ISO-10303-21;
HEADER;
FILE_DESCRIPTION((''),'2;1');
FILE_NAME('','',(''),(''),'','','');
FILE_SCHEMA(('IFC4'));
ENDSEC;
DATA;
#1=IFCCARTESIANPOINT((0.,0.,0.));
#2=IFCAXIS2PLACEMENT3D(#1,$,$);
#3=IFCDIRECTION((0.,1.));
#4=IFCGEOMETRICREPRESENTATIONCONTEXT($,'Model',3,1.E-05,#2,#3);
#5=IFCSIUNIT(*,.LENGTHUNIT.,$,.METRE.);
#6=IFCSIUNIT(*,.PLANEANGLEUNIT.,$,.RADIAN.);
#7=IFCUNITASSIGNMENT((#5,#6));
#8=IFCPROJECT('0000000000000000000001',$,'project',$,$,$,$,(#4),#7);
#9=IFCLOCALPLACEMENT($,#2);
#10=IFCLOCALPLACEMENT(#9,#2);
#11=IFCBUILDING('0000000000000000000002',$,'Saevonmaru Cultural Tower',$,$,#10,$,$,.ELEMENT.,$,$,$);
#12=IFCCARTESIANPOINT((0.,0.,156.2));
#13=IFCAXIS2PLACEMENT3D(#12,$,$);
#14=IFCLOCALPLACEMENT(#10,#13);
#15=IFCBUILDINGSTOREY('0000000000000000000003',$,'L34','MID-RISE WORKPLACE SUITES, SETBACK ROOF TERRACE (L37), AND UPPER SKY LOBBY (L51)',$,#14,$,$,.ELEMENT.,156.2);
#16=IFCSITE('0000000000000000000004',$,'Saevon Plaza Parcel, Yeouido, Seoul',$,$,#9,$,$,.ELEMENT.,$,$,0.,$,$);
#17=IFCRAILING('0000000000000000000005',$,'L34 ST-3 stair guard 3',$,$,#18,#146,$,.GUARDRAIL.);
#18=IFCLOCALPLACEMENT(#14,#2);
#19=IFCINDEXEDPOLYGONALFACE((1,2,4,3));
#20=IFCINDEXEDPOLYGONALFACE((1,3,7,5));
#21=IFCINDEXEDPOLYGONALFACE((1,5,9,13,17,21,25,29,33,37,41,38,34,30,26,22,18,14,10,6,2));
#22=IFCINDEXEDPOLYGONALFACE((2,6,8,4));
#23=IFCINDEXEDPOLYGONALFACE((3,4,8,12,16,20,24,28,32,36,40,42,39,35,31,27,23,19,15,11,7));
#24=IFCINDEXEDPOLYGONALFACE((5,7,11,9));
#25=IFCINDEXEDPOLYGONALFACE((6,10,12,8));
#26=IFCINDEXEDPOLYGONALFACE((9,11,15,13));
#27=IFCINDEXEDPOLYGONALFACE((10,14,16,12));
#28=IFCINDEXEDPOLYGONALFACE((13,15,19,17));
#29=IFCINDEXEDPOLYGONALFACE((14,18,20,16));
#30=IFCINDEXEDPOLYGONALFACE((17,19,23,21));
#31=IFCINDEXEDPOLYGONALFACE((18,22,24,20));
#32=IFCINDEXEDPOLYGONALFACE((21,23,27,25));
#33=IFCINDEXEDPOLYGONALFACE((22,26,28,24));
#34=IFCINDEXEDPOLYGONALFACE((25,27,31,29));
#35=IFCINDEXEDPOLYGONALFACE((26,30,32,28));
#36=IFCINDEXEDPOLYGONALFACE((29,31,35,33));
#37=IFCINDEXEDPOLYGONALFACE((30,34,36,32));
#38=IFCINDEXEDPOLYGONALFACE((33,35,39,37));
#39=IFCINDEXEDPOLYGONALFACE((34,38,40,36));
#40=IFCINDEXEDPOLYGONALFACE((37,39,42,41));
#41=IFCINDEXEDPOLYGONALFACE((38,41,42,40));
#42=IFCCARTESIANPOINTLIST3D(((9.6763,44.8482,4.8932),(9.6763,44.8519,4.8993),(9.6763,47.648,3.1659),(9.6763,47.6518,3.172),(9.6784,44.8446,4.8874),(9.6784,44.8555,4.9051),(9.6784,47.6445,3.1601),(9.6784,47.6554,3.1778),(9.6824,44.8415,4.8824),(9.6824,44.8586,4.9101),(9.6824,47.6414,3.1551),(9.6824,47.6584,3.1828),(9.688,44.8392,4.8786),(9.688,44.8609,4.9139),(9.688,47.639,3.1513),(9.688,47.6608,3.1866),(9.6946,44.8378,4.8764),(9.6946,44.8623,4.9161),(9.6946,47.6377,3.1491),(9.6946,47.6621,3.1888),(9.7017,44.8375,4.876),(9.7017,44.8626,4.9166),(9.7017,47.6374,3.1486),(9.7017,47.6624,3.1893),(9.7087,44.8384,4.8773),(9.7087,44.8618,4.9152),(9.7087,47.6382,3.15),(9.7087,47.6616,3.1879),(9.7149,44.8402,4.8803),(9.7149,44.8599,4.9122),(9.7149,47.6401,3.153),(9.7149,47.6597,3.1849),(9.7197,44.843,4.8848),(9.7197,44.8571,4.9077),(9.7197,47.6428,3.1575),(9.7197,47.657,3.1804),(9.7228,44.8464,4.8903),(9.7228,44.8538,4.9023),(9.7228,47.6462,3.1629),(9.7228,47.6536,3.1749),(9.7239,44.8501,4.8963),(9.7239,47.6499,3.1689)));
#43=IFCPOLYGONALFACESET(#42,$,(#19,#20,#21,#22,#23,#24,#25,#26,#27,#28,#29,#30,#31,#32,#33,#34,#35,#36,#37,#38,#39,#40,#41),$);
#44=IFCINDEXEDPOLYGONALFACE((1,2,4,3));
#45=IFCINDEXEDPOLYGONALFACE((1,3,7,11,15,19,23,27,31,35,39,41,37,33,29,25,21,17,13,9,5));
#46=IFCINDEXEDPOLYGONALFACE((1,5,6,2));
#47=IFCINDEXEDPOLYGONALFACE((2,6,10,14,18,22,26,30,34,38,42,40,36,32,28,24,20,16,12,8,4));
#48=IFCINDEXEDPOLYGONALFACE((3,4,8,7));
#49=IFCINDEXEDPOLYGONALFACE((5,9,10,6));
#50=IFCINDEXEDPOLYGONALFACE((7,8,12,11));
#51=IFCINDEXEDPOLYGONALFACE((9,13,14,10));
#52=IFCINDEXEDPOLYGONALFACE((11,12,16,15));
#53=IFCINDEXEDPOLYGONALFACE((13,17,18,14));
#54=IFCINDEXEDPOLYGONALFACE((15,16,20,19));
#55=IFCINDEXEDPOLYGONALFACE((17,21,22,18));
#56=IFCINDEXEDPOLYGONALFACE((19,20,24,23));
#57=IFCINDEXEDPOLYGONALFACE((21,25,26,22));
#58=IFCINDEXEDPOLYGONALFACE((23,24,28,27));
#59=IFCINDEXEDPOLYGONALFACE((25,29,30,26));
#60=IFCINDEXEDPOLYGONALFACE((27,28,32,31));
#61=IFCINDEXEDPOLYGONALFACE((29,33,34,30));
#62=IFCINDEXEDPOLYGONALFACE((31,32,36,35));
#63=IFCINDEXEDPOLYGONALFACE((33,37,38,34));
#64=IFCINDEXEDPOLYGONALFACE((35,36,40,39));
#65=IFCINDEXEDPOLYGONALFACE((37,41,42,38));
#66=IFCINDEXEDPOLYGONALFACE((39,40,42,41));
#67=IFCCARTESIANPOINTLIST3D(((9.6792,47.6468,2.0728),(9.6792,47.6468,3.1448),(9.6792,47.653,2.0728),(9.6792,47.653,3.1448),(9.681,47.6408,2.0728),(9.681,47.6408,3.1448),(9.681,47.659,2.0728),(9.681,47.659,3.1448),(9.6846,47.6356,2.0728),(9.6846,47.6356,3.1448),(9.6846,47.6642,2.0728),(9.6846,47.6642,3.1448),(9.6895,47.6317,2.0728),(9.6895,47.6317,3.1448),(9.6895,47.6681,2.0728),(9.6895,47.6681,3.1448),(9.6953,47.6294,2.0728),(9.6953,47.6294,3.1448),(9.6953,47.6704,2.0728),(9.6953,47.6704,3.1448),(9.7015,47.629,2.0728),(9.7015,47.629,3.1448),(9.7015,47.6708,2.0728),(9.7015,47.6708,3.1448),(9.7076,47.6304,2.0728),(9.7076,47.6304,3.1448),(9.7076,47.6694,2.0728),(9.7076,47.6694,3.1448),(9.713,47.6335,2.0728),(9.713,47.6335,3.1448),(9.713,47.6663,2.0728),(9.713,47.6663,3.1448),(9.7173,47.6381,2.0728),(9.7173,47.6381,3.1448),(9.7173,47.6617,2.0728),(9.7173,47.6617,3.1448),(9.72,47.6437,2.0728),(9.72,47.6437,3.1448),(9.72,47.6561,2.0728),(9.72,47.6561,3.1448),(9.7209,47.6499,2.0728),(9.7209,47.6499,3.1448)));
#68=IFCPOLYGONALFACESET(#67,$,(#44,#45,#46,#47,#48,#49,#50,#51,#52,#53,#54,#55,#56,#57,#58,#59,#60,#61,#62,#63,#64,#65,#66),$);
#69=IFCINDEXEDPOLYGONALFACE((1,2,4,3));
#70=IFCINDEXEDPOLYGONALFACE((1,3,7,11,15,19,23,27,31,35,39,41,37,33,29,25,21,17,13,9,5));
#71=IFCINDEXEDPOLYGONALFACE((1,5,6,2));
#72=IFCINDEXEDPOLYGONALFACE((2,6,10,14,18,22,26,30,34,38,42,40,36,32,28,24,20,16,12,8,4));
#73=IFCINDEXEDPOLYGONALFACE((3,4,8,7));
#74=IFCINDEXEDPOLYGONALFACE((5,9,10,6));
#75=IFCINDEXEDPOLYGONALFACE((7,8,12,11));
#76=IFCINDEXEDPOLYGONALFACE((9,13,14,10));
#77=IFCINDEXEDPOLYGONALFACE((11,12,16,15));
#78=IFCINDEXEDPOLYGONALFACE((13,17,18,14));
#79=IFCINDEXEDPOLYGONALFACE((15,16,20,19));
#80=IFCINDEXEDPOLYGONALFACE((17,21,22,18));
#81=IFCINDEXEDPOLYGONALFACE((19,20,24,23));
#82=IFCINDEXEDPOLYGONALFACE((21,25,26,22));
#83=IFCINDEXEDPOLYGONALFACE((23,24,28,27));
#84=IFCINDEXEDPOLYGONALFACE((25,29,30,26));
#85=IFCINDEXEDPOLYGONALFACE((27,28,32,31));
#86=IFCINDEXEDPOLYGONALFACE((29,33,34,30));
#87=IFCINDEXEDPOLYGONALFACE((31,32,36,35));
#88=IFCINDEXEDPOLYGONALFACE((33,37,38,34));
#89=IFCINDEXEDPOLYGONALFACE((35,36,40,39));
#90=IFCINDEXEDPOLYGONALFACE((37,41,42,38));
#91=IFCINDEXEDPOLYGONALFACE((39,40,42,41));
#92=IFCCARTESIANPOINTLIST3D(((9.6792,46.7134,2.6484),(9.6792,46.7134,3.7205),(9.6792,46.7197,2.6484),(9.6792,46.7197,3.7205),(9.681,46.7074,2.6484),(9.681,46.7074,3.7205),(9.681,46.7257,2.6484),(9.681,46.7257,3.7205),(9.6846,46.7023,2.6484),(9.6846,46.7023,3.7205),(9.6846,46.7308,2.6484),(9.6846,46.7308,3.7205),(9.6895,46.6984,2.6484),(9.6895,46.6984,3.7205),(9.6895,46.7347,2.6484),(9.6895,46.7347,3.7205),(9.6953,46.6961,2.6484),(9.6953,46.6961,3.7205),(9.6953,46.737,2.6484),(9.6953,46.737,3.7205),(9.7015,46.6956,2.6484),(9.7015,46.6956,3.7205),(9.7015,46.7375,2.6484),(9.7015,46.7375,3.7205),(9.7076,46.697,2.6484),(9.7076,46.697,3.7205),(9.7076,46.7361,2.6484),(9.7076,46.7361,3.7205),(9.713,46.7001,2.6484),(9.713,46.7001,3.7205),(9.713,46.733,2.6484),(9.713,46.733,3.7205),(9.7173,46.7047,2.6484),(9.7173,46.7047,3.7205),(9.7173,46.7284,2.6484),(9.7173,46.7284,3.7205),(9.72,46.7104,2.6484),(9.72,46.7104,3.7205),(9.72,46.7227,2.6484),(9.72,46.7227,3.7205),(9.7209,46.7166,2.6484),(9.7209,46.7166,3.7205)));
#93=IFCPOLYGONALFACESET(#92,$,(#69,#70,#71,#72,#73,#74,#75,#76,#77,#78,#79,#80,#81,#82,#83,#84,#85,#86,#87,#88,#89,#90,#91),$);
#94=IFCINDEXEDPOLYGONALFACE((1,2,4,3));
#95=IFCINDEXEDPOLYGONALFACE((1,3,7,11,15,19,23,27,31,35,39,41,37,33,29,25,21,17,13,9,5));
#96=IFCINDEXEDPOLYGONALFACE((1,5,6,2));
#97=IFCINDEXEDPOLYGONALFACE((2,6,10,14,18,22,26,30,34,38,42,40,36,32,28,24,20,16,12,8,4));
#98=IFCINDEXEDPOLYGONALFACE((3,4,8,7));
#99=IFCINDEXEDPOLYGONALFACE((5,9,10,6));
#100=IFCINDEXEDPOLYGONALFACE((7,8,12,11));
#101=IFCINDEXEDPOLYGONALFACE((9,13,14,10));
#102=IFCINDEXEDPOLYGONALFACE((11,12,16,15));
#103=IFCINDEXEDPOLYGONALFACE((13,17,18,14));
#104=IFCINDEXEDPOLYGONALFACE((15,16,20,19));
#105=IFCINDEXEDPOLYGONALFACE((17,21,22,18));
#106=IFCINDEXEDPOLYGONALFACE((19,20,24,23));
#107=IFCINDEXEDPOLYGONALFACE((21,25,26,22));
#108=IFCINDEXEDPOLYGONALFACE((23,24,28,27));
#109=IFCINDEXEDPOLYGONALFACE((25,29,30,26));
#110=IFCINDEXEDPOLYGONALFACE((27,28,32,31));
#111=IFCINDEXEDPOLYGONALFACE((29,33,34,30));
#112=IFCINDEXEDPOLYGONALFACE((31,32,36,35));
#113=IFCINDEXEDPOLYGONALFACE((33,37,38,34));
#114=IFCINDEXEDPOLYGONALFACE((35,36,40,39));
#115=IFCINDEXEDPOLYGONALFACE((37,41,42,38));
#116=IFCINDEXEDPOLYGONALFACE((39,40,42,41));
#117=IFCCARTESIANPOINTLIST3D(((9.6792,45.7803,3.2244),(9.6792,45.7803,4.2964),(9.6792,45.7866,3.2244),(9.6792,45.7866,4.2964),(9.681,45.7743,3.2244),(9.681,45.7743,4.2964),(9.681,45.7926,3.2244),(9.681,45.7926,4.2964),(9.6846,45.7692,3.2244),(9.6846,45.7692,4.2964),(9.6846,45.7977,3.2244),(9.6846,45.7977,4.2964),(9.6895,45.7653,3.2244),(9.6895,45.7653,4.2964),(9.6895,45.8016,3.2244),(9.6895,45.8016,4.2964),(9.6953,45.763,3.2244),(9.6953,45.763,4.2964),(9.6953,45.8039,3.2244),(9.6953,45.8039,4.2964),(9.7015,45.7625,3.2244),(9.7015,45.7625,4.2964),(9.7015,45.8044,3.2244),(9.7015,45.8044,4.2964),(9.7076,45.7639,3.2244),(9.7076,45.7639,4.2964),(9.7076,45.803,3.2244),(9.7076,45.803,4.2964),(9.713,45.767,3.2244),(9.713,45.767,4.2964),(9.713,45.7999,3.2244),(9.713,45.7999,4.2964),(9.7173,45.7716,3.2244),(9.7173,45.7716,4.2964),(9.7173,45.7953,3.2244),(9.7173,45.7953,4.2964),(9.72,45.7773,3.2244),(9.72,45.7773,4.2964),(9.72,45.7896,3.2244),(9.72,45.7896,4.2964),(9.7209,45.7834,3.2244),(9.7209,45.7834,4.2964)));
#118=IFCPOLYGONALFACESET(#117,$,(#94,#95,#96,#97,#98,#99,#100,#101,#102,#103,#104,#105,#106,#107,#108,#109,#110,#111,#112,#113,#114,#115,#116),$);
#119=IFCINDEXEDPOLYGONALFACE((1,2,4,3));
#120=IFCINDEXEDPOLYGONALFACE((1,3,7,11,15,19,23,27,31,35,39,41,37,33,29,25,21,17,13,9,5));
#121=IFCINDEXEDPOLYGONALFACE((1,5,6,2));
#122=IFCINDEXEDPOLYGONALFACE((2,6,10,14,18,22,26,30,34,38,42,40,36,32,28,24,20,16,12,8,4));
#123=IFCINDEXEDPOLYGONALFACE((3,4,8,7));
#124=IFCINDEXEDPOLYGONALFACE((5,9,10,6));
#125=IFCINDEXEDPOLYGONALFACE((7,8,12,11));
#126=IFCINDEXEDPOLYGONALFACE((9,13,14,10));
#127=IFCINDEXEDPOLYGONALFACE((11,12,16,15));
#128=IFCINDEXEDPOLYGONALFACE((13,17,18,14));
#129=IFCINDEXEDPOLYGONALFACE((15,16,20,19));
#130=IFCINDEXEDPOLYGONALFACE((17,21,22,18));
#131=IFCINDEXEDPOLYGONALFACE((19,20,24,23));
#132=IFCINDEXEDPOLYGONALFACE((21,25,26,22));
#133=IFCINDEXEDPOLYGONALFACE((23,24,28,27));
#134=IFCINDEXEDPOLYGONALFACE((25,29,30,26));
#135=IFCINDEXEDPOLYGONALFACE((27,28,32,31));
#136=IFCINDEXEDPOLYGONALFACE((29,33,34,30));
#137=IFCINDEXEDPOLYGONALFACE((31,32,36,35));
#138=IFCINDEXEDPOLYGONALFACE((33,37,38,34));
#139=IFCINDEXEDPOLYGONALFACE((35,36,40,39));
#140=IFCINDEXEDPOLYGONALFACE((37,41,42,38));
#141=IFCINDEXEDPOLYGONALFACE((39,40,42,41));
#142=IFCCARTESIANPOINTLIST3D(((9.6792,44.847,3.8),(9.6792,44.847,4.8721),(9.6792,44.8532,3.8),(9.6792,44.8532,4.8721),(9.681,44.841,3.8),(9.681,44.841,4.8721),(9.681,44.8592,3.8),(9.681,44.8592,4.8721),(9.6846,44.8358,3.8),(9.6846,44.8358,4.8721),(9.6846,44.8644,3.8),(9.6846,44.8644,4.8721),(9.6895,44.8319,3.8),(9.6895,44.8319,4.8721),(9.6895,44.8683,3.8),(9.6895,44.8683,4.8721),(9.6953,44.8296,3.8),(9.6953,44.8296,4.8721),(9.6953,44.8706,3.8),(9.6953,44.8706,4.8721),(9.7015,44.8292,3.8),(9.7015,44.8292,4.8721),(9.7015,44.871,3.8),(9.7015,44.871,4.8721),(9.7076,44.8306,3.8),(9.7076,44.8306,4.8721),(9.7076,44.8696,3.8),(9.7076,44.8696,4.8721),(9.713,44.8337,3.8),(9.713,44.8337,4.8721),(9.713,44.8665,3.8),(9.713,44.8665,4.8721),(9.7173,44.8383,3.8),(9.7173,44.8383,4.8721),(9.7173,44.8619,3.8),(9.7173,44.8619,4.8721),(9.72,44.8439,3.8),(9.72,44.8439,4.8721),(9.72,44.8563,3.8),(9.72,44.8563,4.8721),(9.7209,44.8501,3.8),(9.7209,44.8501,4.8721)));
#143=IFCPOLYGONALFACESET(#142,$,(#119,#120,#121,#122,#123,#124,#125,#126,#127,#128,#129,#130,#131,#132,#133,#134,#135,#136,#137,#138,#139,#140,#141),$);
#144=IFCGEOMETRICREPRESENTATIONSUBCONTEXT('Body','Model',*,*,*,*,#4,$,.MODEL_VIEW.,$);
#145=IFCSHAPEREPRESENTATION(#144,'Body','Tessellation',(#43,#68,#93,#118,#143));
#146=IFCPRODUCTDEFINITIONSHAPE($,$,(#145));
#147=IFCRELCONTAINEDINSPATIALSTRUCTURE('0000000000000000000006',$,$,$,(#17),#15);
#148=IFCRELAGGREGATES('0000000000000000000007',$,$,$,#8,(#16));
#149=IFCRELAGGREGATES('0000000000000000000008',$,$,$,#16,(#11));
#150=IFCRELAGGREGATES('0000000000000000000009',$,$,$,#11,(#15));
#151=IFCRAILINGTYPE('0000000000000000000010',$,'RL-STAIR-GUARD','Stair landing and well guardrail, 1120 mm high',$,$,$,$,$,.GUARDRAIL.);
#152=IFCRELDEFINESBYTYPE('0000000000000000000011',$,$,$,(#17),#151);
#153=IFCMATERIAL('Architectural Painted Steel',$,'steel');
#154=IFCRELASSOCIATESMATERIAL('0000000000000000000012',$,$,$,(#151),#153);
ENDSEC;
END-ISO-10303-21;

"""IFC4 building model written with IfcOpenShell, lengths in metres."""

from ifc_helpers import new_model, si_unit, direction, frame, origin, origin_2d, place, context, subcontext, project, spatial, circle, extrude, material, type_object, element, save


model = new_model("IFC4")

# Units and contexts
model_context = context("Model", 3, precision=1e-05, world=origin(), true_north=direction((0.0, 1.0)))
body_context = subcontext(model_context, "Body", "Model", "MODEL_VIEW")
ifc_project = project(units=[si_unit("LENGTHUNIT", "METRE"), si_unit("PLANEANGLEUNIT", "RADIAN")], contexts=[model_context])

# Site, building, storey
site_placement = place(None, origin())
site = spatial("IfcSite", under=ifc_project, at=site_placement, Name="Saevon Plaza Parcel, Yeouido, Seoul", CompositionType="ELEMENT", RefElevation=0.0)
building_placement = place(site_placement, origin())
building = spatial("IfcBuilding", under=site, at=building_placement, Name="Saevonmaru Cultural Tower", CompositionType="ELEMENT")
storey_placement = place(building_placement, frame((0.0, 0.0, 156.2)))
storey = spatial("IfcBuildingStorey", under=building, at=storey_placement, Name="L34", Description="MID-RISE WORKPLACE SUITES, SETBACK ROOF TERRACE (L37), AND UPPER SKY LOBBY (L51)", CompositionType="ELEMENT", Elevation=156.2)

# Railing
ifc_material_1 = material(Name="Architectural Painted Steel", Category="steel")
railing_type_1 = type_object("IfcRailingType", Name="RL-STAIR-GUARD", Description="Stair landing and well guardrail, 1120 mm high", PredefinedType="GUARDRAIL", material=ifc_material_1)
railing_1_placement = place(storey_placement, frame((9.7, 47.6499, 2.0728)))
element("IfcRailing", 1, at=railing_1_placement, inside=storey, type_object=railing_type_1, Name="L34 ST-3 stair guard 3", PredefinedType="GUARDRAIL", context=body_context, shape_type="SweptSolid", body=[
    extrude(circle(Radius=0.0239, at=origin_2d()), frame((0.0, 0.0, 1.0962), z_axis=(0.0, -0.851069, 0.525054), x_axis=(1.0, 0.0, 0.0)), (0.0, 0.0, 1.0), 3.2898),
    extrude(circle(Radius=0.021, at=origin_2d()), origin(), (0.0, 0.0, 1.0), 1.072),
    extrude(circle(Radius=0.021, at=origin_2d()), frame((0.0, -0.9333, 0.5757)), (0.0, 0.0, 1.0), 1.072),
    extrude(circle(Radius=0.021, at=origin_2d()), frame((0.0, -1.8665, 1.1516)), (0.0, 0.0, 1.0), 1.072),
    extrude(circle(Radius=0.021, at=origin_2d()), frame((0.0, -2.7998, 1.7273)), (0.0, 0.0, 1.0), 1.072),
])

save(model, "model.ifc")
